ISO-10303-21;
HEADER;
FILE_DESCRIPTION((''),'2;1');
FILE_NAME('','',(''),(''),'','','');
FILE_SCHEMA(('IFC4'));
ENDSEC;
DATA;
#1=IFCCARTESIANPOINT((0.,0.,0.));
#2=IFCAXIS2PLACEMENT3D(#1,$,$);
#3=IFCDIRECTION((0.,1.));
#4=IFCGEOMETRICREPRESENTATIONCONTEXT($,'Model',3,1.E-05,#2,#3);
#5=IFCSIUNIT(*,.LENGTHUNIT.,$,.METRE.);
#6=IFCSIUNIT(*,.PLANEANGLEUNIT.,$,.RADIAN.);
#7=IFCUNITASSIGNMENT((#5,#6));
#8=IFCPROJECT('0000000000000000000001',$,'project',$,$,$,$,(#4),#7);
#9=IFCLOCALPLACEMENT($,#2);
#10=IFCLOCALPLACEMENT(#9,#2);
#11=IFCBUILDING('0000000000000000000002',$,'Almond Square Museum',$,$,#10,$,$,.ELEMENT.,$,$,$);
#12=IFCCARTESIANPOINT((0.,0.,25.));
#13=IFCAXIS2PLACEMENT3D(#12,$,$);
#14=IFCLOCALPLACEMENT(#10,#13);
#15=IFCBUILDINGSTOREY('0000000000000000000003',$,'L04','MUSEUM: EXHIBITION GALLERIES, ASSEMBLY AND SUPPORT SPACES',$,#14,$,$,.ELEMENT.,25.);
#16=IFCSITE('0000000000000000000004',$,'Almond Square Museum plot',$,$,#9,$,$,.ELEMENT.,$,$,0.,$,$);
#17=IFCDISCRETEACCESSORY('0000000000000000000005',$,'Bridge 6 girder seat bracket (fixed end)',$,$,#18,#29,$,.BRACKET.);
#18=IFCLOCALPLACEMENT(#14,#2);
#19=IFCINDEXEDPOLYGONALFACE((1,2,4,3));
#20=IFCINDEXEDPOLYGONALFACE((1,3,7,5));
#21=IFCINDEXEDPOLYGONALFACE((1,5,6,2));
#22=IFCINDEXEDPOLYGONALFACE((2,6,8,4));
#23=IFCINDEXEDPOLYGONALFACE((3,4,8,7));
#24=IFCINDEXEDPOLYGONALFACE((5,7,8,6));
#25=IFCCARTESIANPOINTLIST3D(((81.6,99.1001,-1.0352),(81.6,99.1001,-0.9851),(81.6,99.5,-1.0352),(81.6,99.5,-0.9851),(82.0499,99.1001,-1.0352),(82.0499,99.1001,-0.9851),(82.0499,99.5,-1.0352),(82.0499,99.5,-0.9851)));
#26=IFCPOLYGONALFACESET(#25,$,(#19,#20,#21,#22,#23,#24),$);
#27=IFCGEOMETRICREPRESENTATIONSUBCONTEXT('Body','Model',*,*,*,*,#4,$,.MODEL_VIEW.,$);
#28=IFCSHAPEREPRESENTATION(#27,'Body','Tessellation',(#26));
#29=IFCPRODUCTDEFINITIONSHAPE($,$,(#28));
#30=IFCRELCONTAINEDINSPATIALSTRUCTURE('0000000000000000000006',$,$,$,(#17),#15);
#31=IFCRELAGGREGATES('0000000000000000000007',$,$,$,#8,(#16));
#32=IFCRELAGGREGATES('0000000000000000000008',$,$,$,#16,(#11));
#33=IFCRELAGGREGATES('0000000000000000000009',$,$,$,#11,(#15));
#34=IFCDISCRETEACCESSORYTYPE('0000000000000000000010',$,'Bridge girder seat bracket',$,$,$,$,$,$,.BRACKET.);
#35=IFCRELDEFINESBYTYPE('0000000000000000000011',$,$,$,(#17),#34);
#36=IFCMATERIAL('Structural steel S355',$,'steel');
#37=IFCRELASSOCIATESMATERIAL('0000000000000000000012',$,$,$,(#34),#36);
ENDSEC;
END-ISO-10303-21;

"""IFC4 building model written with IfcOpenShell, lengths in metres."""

from ifc_helpers import new_model, si_unit, direction, frame, origin, origin_2d, place, context, subcontext, project, spatial, rectangle, extrude, material, type_object, element, save


model = new_model("IFC4")

# Units and contexts
model_context = context("Model", 3, precision=1e-05, world=origin(), true_north=direction((0.0, 1.0)))
body_context = subcontext(model_context, "Body", "Model", "MODEL_VIEW")
ifc_project = project(units=[si_unit("LENGTHUNIT", "METRE"), si_unit("PLANEANGLEUNIT", "RADIAN")], contexts=[model_context])

# Site, building, storey
site_placement = place(None, origin())
site = spatial("IfcSite", under=ifc_project, at=site_placement, Name="Almond Square Museum plot", CompositionType="ELEMENT", RefElevation=0.0)
building_placement = place(site_placement, origin())
building = spatial("IfcBuilding", under=site, at=building_placement, Name="Almond Square Museum", CompositionType="ELEMENT")
storey_placement = place(building_placement, frame((0.0, 0.0, 25.0)))
storey = spatial("IfcBuildingStorey", under=building, at=storey_placement, Name="L04", Description="MUSEUM: EXHIBITION GALLERIES, ASSEMBLY AND SUPPORT SPACES", CompositionType="ELEMENT", Elevation=25.0)

# Discrete accessory
ifc_material_1 = material(Name="Structural steel S355", Category="steel")
discrete_accessory_type = type_object("IfcDiscreteAccessoryType", Name="Bridge girder seat bracket", PredefinedType="BRACKET", material=ifc_material_1)
for number, where, z_axis, x_axis, name in (
    (1, (81.825, 99.3, -1.0352), (0.0, 0.0, 1.0), (1.0, 0.0, 0.0), "Bridge 6 girder seat bracket (fixed end)"),
):
    element("IfcDiscreteAccessory", number, at=place(storey_placement, frame(where, z_axis=z_axis, x_axis=x_axis)), inside=storey, type_object=discrete_accessory_type, Name=name, PredefinedType="BRACKET", context=body_context, shape_type="SweptSolid", body=[
        extrude(rectangle(XDim=0.45, YDim=0.3999, at=origin_2d()), origin(), (0.0, 0.0, 1.0), 0.05),
    ])

save(model, "model.ifc")
